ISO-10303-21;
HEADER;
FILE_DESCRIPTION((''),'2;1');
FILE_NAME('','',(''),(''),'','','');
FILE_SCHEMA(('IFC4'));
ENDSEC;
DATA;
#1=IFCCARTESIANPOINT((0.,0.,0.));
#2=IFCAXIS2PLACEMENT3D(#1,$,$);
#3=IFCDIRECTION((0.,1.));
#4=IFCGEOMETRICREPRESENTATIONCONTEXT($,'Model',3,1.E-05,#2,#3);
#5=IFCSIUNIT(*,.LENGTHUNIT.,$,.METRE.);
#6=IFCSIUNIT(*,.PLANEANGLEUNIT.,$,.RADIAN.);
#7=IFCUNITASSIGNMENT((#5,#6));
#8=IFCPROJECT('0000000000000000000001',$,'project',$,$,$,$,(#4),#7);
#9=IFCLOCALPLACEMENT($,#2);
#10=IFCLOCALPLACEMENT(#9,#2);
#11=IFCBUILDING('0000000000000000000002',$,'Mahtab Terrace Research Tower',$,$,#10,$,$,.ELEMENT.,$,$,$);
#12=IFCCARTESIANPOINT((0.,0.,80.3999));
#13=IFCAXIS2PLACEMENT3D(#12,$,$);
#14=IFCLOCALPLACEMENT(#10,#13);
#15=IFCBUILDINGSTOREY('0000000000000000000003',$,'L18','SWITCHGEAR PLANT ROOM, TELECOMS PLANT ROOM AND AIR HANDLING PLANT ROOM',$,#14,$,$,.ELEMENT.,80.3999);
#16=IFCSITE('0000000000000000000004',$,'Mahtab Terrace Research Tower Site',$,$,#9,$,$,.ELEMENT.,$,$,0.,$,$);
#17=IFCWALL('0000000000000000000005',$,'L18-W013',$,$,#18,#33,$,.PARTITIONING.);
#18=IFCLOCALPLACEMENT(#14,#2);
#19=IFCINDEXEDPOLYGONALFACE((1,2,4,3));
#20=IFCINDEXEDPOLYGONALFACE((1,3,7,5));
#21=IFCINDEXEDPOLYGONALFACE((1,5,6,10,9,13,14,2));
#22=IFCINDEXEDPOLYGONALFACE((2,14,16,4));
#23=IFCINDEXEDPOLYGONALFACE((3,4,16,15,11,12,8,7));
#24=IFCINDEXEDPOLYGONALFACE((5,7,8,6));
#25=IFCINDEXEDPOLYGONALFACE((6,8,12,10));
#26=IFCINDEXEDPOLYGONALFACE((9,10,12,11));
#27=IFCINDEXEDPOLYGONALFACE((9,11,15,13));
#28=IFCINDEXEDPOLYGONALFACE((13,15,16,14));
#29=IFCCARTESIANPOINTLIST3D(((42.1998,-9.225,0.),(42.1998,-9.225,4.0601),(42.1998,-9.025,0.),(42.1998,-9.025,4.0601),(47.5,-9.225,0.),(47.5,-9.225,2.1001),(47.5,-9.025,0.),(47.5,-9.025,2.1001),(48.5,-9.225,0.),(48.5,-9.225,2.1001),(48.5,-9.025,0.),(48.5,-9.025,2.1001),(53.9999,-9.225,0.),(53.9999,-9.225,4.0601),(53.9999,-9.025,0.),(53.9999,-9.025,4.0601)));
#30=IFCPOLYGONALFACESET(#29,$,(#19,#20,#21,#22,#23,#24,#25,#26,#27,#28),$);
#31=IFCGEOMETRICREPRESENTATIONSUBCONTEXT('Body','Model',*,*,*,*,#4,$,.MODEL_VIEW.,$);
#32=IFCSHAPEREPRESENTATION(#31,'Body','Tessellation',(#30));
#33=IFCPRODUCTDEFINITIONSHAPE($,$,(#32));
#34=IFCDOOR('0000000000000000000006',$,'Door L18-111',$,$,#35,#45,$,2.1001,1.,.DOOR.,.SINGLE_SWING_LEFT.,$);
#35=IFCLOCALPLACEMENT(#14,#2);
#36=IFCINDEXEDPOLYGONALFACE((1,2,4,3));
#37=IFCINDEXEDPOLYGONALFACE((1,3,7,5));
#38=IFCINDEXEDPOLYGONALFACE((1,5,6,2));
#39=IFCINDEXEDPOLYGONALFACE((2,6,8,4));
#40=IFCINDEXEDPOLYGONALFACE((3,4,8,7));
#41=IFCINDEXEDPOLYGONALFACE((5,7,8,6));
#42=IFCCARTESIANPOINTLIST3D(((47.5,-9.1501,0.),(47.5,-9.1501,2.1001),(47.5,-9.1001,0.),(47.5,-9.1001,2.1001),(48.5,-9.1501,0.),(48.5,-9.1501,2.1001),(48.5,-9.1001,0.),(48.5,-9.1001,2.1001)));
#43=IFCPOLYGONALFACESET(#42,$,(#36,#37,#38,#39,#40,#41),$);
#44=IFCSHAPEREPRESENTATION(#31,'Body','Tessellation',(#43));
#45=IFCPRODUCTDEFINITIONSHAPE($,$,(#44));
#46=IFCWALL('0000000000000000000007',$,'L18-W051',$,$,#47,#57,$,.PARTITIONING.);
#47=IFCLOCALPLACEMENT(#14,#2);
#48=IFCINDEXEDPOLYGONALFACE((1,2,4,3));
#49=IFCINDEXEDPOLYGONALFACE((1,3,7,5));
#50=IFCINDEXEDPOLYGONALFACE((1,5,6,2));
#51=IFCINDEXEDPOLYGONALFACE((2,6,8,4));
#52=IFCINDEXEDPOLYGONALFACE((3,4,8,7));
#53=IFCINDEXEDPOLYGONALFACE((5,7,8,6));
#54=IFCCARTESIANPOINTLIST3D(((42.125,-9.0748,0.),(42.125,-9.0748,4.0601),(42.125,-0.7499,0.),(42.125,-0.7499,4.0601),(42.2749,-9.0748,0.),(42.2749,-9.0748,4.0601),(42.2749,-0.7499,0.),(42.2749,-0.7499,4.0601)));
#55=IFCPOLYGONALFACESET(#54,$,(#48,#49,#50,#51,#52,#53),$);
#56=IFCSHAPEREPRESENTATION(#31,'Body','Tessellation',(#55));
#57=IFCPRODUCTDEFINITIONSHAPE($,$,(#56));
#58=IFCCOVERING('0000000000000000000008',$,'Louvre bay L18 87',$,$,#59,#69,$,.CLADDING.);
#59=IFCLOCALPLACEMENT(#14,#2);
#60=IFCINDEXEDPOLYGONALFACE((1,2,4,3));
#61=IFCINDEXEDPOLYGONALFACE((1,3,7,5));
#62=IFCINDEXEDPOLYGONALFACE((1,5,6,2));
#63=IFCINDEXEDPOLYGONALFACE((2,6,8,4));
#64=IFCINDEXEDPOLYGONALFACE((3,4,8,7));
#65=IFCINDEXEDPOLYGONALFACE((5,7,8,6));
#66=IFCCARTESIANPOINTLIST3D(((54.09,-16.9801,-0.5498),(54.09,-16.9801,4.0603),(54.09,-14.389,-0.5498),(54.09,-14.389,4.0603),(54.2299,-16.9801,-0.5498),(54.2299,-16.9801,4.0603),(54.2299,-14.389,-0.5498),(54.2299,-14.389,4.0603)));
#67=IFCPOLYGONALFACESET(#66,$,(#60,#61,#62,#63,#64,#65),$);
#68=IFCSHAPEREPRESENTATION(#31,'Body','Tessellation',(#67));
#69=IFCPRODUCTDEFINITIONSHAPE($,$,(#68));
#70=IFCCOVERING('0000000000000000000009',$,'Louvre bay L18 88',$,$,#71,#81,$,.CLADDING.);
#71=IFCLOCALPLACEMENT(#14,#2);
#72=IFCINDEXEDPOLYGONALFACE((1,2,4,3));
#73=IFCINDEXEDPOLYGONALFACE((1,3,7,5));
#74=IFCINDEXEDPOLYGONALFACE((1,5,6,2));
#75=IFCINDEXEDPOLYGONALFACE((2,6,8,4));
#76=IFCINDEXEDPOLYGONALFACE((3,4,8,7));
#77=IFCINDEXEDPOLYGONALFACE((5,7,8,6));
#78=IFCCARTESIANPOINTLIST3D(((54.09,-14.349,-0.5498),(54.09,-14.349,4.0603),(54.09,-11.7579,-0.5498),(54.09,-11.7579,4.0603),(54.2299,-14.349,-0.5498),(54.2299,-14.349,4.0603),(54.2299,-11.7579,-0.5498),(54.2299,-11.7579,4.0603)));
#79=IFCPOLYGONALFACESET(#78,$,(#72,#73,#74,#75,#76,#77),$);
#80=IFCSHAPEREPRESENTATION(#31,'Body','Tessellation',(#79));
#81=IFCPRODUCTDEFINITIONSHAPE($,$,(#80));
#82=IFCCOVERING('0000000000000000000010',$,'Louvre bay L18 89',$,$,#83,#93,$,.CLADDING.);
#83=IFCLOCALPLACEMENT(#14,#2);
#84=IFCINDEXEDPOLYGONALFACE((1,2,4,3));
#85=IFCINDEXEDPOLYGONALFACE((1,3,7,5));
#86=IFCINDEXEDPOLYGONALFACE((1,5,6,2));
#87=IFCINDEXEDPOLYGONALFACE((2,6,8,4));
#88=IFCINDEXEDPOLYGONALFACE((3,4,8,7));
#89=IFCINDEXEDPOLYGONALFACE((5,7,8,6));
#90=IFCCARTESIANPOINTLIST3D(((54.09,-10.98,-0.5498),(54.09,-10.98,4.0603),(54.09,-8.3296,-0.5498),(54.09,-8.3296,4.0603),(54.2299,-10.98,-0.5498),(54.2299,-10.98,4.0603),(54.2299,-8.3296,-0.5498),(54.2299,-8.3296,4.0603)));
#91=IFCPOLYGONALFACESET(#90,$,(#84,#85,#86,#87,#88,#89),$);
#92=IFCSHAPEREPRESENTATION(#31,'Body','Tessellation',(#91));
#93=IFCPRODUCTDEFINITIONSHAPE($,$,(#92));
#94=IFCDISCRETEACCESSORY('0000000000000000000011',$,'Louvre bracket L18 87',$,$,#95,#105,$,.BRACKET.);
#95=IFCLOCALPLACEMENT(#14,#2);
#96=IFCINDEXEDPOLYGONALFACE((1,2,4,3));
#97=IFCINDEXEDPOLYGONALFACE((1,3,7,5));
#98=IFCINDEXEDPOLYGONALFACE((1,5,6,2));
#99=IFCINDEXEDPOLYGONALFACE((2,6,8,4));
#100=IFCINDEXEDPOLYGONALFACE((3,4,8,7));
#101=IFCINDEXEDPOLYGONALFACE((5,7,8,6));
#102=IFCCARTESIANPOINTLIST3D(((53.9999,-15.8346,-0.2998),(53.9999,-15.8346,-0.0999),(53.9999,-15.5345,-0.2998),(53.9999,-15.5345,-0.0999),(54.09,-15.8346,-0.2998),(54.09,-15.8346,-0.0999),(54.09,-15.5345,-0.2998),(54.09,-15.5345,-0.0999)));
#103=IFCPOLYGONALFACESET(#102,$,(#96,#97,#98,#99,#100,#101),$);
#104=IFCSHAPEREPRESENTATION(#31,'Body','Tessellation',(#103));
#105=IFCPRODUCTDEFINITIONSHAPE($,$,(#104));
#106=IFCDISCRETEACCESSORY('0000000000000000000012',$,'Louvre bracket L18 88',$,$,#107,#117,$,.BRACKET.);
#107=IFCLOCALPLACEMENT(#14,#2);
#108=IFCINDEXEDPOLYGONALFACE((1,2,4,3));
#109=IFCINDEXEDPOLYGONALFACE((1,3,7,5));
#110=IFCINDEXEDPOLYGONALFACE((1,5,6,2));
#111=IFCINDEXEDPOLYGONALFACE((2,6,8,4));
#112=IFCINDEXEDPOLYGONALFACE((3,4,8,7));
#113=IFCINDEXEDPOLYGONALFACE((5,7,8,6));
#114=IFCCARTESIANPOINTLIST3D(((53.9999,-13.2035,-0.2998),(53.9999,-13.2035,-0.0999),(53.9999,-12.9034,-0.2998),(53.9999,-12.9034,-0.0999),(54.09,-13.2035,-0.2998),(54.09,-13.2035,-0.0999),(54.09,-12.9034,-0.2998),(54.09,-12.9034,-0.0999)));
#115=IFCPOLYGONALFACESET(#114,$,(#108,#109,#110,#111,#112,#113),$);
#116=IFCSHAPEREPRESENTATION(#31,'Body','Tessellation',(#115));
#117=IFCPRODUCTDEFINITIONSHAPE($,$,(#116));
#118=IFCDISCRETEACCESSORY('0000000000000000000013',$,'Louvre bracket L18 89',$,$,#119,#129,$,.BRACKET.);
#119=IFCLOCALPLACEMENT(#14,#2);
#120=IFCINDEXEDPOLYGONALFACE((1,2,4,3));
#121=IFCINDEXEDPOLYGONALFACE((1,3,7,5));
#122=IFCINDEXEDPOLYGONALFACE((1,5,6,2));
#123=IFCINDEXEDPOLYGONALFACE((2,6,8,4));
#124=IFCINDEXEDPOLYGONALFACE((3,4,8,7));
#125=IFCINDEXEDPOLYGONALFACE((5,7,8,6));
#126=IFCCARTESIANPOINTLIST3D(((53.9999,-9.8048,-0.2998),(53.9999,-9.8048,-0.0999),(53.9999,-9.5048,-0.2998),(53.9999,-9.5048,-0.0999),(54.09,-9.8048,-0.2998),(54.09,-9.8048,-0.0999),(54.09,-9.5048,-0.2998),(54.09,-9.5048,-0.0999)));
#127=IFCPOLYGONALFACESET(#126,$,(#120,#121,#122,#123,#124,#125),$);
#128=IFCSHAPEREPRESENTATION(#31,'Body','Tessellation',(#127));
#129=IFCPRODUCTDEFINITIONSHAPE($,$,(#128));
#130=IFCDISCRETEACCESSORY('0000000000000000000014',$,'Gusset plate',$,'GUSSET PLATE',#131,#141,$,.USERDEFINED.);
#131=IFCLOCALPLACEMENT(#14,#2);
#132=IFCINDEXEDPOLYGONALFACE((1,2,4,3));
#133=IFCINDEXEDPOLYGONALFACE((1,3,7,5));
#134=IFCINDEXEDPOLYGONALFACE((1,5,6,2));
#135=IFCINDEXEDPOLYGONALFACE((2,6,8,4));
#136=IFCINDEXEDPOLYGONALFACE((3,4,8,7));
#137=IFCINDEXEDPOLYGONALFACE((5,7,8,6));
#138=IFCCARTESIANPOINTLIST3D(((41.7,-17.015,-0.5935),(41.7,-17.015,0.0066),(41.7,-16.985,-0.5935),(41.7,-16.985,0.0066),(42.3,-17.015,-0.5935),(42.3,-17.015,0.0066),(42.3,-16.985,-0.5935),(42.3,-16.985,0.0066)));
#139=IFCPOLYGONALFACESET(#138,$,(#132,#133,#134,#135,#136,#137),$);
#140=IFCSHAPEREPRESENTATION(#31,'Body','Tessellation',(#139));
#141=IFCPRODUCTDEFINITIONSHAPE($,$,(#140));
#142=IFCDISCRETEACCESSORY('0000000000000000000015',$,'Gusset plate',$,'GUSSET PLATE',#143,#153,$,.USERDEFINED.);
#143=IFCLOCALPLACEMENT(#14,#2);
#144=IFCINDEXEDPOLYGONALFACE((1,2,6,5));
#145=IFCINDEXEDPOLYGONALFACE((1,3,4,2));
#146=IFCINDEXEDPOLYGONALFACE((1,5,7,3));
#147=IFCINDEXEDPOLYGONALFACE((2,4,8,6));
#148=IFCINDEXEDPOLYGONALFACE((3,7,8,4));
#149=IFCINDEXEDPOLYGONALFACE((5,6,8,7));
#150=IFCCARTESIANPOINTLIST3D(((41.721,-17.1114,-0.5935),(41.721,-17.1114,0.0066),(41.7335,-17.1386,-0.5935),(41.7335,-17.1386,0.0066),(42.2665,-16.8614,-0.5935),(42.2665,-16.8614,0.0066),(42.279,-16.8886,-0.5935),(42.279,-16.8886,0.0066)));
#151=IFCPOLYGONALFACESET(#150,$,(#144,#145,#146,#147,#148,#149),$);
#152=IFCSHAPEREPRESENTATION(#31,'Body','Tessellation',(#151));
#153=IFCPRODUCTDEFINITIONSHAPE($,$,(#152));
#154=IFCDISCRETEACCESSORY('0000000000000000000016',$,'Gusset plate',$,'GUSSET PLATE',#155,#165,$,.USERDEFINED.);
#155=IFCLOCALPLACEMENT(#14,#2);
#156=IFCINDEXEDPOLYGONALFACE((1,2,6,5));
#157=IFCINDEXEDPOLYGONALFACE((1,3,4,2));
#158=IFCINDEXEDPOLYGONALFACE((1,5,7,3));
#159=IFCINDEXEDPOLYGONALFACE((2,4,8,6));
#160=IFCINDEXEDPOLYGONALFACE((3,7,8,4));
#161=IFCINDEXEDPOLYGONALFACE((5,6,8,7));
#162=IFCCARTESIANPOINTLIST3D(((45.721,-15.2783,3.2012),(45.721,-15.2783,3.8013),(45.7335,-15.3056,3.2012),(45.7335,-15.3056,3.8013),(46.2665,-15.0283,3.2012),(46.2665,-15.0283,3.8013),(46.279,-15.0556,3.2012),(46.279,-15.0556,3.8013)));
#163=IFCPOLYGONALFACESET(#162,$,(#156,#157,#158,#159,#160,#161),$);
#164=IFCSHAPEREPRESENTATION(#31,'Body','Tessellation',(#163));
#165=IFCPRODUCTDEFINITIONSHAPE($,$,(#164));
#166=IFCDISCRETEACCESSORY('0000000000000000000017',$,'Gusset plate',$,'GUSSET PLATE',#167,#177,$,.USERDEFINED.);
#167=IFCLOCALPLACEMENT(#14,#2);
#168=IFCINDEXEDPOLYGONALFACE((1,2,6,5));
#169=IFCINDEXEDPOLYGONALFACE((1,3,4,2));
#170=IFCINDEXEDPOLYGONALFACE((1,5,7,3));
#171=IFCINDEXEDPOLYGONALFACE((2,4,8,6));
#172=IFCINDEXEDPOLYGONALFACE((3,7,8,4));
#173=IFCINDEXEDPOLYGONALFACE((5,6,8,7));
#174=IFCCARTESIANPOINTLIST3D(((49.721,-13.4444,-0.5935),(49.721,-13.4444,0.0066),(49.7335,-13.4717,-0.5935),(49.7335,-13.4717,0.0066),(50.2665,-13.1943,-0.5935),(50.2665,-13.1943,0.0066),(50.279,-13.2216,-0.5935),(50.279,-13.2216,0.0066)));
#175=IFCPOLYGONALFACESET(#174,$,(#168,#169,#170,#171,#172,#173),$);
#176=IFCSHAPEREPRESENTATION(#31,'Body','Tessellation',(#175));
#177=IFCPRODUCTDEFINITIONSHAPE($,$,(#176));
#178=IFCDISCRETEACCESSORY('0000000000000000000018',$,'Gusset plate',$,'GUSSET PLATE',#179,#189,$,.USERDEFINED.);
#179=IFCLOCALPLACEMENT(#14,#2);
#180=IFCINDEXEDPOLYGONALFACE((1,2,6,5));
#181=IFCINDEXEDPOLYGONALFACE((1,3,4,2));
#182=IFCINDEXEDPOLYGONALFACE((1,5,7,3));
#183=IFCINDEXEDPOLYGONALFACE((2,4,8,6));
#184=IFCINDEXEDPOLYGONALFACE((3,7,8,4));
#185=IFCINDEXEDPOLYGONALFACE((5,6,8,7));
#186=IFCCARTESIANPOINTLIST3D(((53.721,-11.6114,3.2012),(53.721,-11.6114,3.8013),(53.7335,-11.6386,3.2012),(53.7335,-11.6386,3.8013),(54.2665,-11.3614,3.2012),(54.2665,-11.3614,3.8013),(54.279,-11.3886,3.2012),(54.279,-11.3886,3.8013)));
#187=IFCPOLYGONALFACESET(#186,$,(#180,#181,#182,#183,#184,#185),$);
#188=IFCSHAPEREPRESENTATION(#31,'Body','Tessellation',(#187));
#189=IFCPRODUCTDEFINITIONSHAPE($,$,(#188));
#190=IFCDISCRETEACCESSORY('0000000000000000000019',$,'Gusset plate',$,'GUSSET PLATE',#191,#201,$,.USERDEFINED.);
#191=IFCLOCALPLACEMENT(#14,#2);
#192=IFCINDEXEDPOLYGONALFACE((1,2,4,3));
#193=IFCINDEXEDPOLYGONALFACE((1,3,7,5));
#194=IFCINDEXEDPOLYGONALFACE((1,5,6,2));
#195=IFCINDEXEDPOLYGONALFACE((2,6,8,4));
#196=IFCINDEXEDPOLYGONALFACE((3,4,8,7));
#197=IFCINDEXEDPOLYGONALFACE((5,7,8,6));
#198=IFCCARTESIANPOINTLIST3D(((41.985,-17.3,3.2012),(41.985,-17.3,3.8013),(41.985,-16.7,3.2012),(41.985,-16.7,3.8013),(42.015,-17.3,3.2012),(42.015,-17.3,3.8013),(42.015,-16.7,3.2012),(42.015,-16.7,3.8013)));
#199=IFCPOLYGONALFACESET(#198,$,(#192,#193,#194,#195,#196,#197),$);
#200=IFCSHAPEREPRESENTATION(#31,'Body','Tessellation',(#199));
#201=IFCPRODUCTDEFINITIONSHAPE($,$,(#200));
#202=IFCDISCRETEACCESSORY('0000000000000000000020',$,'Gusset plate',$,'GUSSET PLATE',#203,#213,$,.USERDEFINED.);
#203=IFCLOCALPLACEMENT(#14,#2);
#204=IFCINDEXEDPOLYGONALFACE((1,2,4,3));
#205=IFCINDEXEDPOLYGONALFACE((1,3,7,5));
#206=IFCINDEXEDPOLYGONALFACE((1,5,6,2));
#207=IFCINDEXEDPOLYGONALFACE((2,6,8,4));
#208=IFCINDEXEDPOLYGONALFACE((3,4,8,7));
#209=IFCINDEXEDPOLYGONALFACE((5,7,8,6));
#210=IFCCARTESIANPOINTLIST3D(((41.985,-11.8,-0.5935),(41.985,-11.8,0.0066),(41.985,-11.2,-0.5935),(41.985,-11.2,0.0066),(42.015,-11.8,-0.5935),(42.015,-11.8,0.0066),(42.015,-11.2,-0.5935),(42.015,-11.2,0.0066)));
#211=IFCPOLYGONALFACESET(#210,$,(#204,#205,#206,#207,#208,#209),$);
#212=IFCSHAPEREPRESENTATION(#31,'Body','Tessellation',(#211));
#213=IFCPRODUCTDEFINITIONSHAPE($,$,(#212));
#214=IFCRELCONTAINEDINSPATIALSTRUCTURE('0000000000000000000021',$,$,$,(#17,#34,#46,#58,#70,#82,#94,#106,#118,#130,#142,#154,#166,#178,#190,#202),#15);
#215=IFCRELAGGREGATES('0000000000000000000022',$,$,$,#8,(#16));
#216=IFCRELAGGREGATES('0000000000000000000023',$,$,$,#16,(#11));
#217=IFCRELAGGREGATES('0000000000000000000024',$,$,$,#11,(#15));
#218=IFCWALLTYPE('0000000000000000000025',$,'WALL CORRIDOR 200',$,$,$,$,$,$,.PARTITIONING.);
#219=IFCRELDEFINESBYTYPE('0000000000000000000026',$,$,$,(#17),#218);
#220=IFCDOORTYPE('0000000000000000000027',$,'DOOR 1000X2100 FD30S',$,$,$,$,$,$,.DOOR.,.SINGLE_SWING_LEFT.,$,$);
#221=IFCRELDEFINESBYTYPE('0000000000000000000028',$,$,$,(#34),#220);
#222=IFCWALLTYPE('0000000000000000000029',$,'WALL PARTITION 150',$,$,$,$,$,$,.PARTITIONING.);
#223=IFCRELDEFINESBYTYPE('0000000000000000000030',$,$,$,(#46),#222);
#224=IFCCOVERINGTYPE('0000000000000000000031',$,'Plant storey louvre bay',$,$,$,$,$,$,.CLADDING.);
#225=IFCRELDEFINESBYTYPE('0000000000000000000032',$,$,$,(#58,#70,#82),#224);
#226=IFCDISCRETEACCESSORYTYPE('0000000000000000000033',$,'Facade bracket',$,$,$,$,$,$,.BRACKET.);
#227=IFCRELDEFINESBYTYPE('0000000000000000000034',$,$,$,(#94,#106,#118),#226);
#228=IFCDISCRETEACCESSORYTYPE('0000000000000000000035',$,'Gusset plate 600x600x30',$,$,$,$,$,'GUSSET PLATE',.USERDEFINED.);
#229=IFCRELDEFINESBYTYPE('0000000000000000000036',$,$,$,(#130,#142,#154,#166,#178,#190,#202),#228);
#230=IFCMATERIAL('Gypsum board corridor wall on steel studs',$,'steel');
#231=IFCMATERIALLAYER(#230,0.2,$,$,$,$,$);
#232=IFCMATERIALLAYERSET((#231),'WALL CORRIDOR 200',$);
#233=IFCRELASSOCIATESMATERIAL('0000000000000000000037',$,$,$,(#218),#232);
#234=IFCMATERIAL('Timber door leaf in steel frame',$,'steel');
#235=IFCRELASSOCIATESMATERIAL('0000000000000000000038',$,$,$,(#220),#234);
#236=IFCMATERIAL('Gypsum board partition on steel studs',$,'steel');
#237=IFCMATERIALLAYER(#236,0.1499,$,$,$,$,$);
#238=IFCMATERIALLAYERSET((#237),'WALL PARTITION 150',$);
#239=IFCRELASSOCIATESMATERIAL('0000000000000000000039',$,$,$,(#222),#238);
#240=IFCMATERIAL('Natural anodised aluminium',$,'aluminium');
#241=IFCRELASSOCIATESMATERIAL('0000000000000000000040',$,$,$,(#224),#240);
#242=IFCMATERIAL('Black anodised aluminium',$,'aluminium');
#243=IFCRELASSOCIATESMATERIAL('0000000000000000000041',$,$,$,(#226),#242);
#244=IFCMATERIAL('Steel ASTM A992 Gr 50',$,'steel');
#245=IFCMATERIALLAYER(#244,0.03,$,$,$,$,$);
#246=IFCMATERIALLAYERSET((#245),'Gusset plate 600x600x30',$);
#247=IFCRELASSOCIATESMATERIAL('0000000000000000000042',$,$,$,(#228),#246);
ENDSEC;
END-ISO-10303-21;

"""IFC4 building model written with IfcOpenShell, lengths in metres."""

from ifc_helpers import new_model, si_unit, direction, frame, frame_2d, origin, origin_2d, place, context, subcontext, project, spatial, rectangle, extrude, material, layer, layer_set, type_object, element, fill, save


model = new_model("IFC4")

# Units and contexts
model_context = context("Model", 3, precision=1e-05, world=origin(), true_north=direction((0.0, 1.0)))
body_context = subcontext(model_context, "Body", "Model", "MODEL_VIEW")
ifc_project = project(units=[si_unit("LENGTHUNIT", "METRE"), si_unit("PLANEANGLEUNIT", "RADIAN")], contexts=[model_context])

# Site, building, storey
site_placement = place(None, origin())
site = spatial("IfcSite", under=ifc_project, at=site_placement, Name="Mahtab Terrace Research Tower Site", CompositionType="ELEMENT", RefElevation=0.0)
building_placement = place(site_placement, origin())
building = spatial("IfcBuilding", under=site, at=building_placement, Name="Mahtab Terrace Research Tower", CompositionType="ELEMENT")
storey_placement = place(building_placement, frame((0.0, 0.0, 80.3999)))
storey = spatial("IfcBuildingStorey", under=building, at=storey_placement, Name="L18", Description="SWITCHGEAR PLANT ROOM, TELECOMS PLANT ROOM AND AIR HANDLING PLANT ROOM", CompositionType="ELEMENT", Elevation=80.3999)

# Shared definitions
ifc_material_1 = material(Name="Steel ASTM A992 Gr 50", Category="steel")

# Wall, opening, door
ifc_material_2 = material(Name="Gypsum board corridor wall on steel studs", Category="steel")
ifc_layer_1 = layer(ifc_material_2, 0.2)
ifc_layer_set_1 = layer_set([ifc_layer_1], Name="WALL CORRIDOR 200")
wall_type_1 = type_object("IfcWallType", Name="WALL CORRIDOR 200", PredefinedType="PARTITIONING", material=ifc_layer_set_1)
ifc_material_3 = material(Name="Timber door leaf in steel frame", Category="steel")
door_type = type_object("IfcDoorType", Name="DOOR 1000X2100 FD30S", OperationType="SINGLE_SWING_LEFT", PredefinedType="DOOR", material=ifc_material_3)
wall_1_placement = place(storey_placement, frame((42.2, -9.125, 0.0), z_axis=(0.0, 0.0, 1.0), x_axis=(1.0, 0.0, 0.0)))
wall_1 = element("IfcWall", 1, at=wall_1_placement, inside=storey, type_object=wall_type_1, Name="L18-W013", PredefinedType="PARTITIONING", context=body_context, shape_type="SweptSolid", body=[
    extrude(rectangle(XDim=11.8, YDim=0.2, at=frame_2d((5.8999, 0.0))), origin(), (0.0, 0.0, 1.0), 4.0601),
])
opening_1_placement = place(wall_1_placement, frame((5.3, 0.0, 0.0)))
opening_1 = element("IfcOpeningElement", 2, at=opening_1_placement, cuts=wall_1, PredefinedType="OPENING", context=body_context, shape_type="SweptSolid", body=[
    extrude(rectangle(XDim=1.0, YDim=2.1001, at=frame_2d((0.5, 1.05))), frame((0.0, 0.1099, 0.0), z_axis=(0.0, -1.0, 0.0), x_axis=(1.0, 0.0, 0.0)), (0.0, 0.0, 1.0), 0.22),
])
door_1_placement = place(opening_1_placement, origin())
door_1 = element("IfcDoor", 3, at=door_1_placement, inside=storey, type_object=door_type, Name="Door L18-111", OperationType="SINGLE_SWING_LEFT", OverallHeight=2.1001, OverallWidth=1.0, PredefinedType="DOOR", context=body_context, shape_type="SweptSolid", body=[
    extrude(rectangle(XDim=1.0, YDim=2.1001, at=frame_2d((0.5, 1.05))), frame((0.0, 0.0249, 0.0), z_axis=(0.0, -1.0, 0.0), x_axis=(1.0, 0.0, 0.0)), (0.0, 0.0, 1.0), 0.05),
])
fill(opening_1, door_1)

# Wall
ifc_material_4 = material(Name="Gypsum board partition on steel studs", Category="steel")
ifc_layer_2 = layer(ifc_material_4, 0.1499)
ifc_layer_set_2 = layer_set([ifc_layer_2], Name="WALL PARTITION 150")
wall_type_2 = type_object("IfcWallType", Name="WALL PARTITION 150", PredefinedType="PARTITIONING", material=ifc_layer_set_2)
wall_2_placement = place(storey_placement, frame((42.2, -9.075, 0.0), z_axis=(0.0, 0.0, 1.0), x_axis=(0.0, 1.0, 0.0)))
element("IfcWall", 4, at=wall_2_placement, inside=storey, type_object=wall_type_2, Name="L18-W051", PredefinedType="PARTITIONING", context=body_context, shape_type="SweptSolid", body=[
    extrude(rectangle(XDim=8.325, YDim=0.1499, at=frame_2d((4.1626, 0.0))), origin(), (0.0, 0.0, 1.0), 4.0601),
])

# Coverings
ifc_material_5 = material(Name="Natural anodised aluminium", Category="aluminium")
covering_type = type_object("IfcCoveringType", Name="Plant storey louvre bay", PredefinedType="CLADDING", material=ifc_material_5)
for number, where, z_axis, x_axis, name in (
    (5, (54.1599, -15.6846, -0.5498), (0.0, 0.0, 1.0), (0.0, 1.0, 0.0), "Louvre bay L18 87"),
    (6, (54.1599, -13.0535, -0.5498), (0.0, 0.0, 1.0), (0.0, 1.0, 0.0), "Louvre bay L18 88"),
):
    element("IfcCovering", number, at=place(storey_placement, frame(where, z_axis=z_axis, x_axis=x_axis)), inside=storey, type_object=covering_type, Name=name, PredefinedType="CLADDING", context=body_context, shape_type="SweptSolid", body=[
        extrude(rectangle(XDim=2.5911, YDim=0.1399, at=origin_2d()), origin(), (0.0, 0.0, 1.0), 4.6101),
    ])
covering_placement = place(storey_placement, frame((54.1599, -9.6548, -0.5498), z_axis=(0.0, 0.0, 1.0), x_axis=(0.0, 1.0, 0.0)))
element("IfcCovering", 7, at=covering_placement, inside=storey, type_object=covering_type, Name="Louvre bay L18 89", PredefinedType="CLADDING", context=body_context, shape_type="SweptSolid", body=[
    extrude(rectangle(XDim=2.6504, YDim=0.1399, at=origin_2d()), origin(), (0.0, 0.0, 1.0), 4.6101),
])

# Discrete accessories
ifc_material_6 = material(Name="Black anodised aluminium", Category="aluminium")
discrete_accessory_type_1 = type_object("IfcDiscreteAccessoryType", Name="Facade bracket", PredefinedType="BRACKET", material=ifc_material_6)
for number, where, z_axis, x_axis, name in (
    (8, (54.0449, -15.6846, -0.2998), (0.0, 0.0, 1.0), (0.0, 1.0, 0.0), "Louvre bracket L18 87"),
    (9, (54.0449, -13.0535, -0.2998), (0.0, 0.0, 1.0), (0.0, 1.0, 0.0), "Louvre bracket L18 88"),
    (10, (54.0449, -9.6548, -0.2998), (0.0, 0.0, 1.0), (0.0, 1.0, 0.0), "Louvre bracket L18 89"),
):
    element("IfcDiscreteAccessory", number, at=place(storey_placement, frame(where, z_axis=z_axis, x_axis=x_axis)), inside=storey, type_object=discrete_accessory_type_1, Name=name, PredefinedType="BRACKET", context=body_context, shape_type="SweptSolid", body=[
        extrude(rectangle(XDim=0.3, YDim=0.0901, at=origin_2d()), origin(), (0.0, 0.0, 1.0), 0.2),
    ])
ifc_layer_3 = layer(ifc_material_1, 0.03)
ifc_layer_set_3 = layer_set([ifc_layer_3], Name="Gusset plate 600x600x30")
discrete_accessory_type_2 = type_object("IfcDiscreteAccessoryType", Name="Gusset plate 600x600x30", ElementType="GUSSET PLATE", PredefinedType="USERDEFINED", material=ifc_layer_set_3)
for number, where, z_axis, x_axis, name in (
    (11, (42.0, -17.0, -0.5935), (0.0, 0.0, 1.0), (1.0, 0.0, 0.0), "Gusset plate"),
    (12, (42.0, -17.0, -0.5935), (0.0, 0.0, 1.0), (0.909091, 0.416598, 0.0), "Gusset plate"),
    (13, (46.0, -15.167, 3.2012), (0.0, 0.0, 1.0), (0.909091, 0.416598, 0.0), "Gusset plate"),
    (14, (50.0, -13.333, -0.5935), (0.0, 0.0, 1.0), (0.909011, 0.416773, 0.0), "Gusset plate"),
    (15, (54.0, -11.5, 3.2012), (0.0, 0.0, 1.0), (0.909091, 0.416598, 0.0), "Gusset plate"),
    (16, (42.0, -17.0, 3.2012), (0.0, 0.0, 1.0), (0.0, 1.0, 0.0), "Gusset plate"),
    (17, (42.0, -11.5, -0.5935), (0.0, 0.0, 1.0), (0.0, 1.0, 0.0), "Gusset plate"),
):
    element("IfcDiscreteAccessory", number, at=place(storey_placement, frame(where, z_axis=z_axis, x_axis=x_axis)), inside=storey, type_object=discrete_accessory_type_2, Name=name, ObjectType="GUSSET PLATE", PredefinedType="USERDEFINED", context=body_context, shape_type="SweptSolid", body=[
        extrude(rectangle(XDim=0.6001, YDim=0.03, at=origin_2d()), origin(), (0.0, 0.0, 1.0), 0.6001),
    ])

save(model, "model.ifc")
